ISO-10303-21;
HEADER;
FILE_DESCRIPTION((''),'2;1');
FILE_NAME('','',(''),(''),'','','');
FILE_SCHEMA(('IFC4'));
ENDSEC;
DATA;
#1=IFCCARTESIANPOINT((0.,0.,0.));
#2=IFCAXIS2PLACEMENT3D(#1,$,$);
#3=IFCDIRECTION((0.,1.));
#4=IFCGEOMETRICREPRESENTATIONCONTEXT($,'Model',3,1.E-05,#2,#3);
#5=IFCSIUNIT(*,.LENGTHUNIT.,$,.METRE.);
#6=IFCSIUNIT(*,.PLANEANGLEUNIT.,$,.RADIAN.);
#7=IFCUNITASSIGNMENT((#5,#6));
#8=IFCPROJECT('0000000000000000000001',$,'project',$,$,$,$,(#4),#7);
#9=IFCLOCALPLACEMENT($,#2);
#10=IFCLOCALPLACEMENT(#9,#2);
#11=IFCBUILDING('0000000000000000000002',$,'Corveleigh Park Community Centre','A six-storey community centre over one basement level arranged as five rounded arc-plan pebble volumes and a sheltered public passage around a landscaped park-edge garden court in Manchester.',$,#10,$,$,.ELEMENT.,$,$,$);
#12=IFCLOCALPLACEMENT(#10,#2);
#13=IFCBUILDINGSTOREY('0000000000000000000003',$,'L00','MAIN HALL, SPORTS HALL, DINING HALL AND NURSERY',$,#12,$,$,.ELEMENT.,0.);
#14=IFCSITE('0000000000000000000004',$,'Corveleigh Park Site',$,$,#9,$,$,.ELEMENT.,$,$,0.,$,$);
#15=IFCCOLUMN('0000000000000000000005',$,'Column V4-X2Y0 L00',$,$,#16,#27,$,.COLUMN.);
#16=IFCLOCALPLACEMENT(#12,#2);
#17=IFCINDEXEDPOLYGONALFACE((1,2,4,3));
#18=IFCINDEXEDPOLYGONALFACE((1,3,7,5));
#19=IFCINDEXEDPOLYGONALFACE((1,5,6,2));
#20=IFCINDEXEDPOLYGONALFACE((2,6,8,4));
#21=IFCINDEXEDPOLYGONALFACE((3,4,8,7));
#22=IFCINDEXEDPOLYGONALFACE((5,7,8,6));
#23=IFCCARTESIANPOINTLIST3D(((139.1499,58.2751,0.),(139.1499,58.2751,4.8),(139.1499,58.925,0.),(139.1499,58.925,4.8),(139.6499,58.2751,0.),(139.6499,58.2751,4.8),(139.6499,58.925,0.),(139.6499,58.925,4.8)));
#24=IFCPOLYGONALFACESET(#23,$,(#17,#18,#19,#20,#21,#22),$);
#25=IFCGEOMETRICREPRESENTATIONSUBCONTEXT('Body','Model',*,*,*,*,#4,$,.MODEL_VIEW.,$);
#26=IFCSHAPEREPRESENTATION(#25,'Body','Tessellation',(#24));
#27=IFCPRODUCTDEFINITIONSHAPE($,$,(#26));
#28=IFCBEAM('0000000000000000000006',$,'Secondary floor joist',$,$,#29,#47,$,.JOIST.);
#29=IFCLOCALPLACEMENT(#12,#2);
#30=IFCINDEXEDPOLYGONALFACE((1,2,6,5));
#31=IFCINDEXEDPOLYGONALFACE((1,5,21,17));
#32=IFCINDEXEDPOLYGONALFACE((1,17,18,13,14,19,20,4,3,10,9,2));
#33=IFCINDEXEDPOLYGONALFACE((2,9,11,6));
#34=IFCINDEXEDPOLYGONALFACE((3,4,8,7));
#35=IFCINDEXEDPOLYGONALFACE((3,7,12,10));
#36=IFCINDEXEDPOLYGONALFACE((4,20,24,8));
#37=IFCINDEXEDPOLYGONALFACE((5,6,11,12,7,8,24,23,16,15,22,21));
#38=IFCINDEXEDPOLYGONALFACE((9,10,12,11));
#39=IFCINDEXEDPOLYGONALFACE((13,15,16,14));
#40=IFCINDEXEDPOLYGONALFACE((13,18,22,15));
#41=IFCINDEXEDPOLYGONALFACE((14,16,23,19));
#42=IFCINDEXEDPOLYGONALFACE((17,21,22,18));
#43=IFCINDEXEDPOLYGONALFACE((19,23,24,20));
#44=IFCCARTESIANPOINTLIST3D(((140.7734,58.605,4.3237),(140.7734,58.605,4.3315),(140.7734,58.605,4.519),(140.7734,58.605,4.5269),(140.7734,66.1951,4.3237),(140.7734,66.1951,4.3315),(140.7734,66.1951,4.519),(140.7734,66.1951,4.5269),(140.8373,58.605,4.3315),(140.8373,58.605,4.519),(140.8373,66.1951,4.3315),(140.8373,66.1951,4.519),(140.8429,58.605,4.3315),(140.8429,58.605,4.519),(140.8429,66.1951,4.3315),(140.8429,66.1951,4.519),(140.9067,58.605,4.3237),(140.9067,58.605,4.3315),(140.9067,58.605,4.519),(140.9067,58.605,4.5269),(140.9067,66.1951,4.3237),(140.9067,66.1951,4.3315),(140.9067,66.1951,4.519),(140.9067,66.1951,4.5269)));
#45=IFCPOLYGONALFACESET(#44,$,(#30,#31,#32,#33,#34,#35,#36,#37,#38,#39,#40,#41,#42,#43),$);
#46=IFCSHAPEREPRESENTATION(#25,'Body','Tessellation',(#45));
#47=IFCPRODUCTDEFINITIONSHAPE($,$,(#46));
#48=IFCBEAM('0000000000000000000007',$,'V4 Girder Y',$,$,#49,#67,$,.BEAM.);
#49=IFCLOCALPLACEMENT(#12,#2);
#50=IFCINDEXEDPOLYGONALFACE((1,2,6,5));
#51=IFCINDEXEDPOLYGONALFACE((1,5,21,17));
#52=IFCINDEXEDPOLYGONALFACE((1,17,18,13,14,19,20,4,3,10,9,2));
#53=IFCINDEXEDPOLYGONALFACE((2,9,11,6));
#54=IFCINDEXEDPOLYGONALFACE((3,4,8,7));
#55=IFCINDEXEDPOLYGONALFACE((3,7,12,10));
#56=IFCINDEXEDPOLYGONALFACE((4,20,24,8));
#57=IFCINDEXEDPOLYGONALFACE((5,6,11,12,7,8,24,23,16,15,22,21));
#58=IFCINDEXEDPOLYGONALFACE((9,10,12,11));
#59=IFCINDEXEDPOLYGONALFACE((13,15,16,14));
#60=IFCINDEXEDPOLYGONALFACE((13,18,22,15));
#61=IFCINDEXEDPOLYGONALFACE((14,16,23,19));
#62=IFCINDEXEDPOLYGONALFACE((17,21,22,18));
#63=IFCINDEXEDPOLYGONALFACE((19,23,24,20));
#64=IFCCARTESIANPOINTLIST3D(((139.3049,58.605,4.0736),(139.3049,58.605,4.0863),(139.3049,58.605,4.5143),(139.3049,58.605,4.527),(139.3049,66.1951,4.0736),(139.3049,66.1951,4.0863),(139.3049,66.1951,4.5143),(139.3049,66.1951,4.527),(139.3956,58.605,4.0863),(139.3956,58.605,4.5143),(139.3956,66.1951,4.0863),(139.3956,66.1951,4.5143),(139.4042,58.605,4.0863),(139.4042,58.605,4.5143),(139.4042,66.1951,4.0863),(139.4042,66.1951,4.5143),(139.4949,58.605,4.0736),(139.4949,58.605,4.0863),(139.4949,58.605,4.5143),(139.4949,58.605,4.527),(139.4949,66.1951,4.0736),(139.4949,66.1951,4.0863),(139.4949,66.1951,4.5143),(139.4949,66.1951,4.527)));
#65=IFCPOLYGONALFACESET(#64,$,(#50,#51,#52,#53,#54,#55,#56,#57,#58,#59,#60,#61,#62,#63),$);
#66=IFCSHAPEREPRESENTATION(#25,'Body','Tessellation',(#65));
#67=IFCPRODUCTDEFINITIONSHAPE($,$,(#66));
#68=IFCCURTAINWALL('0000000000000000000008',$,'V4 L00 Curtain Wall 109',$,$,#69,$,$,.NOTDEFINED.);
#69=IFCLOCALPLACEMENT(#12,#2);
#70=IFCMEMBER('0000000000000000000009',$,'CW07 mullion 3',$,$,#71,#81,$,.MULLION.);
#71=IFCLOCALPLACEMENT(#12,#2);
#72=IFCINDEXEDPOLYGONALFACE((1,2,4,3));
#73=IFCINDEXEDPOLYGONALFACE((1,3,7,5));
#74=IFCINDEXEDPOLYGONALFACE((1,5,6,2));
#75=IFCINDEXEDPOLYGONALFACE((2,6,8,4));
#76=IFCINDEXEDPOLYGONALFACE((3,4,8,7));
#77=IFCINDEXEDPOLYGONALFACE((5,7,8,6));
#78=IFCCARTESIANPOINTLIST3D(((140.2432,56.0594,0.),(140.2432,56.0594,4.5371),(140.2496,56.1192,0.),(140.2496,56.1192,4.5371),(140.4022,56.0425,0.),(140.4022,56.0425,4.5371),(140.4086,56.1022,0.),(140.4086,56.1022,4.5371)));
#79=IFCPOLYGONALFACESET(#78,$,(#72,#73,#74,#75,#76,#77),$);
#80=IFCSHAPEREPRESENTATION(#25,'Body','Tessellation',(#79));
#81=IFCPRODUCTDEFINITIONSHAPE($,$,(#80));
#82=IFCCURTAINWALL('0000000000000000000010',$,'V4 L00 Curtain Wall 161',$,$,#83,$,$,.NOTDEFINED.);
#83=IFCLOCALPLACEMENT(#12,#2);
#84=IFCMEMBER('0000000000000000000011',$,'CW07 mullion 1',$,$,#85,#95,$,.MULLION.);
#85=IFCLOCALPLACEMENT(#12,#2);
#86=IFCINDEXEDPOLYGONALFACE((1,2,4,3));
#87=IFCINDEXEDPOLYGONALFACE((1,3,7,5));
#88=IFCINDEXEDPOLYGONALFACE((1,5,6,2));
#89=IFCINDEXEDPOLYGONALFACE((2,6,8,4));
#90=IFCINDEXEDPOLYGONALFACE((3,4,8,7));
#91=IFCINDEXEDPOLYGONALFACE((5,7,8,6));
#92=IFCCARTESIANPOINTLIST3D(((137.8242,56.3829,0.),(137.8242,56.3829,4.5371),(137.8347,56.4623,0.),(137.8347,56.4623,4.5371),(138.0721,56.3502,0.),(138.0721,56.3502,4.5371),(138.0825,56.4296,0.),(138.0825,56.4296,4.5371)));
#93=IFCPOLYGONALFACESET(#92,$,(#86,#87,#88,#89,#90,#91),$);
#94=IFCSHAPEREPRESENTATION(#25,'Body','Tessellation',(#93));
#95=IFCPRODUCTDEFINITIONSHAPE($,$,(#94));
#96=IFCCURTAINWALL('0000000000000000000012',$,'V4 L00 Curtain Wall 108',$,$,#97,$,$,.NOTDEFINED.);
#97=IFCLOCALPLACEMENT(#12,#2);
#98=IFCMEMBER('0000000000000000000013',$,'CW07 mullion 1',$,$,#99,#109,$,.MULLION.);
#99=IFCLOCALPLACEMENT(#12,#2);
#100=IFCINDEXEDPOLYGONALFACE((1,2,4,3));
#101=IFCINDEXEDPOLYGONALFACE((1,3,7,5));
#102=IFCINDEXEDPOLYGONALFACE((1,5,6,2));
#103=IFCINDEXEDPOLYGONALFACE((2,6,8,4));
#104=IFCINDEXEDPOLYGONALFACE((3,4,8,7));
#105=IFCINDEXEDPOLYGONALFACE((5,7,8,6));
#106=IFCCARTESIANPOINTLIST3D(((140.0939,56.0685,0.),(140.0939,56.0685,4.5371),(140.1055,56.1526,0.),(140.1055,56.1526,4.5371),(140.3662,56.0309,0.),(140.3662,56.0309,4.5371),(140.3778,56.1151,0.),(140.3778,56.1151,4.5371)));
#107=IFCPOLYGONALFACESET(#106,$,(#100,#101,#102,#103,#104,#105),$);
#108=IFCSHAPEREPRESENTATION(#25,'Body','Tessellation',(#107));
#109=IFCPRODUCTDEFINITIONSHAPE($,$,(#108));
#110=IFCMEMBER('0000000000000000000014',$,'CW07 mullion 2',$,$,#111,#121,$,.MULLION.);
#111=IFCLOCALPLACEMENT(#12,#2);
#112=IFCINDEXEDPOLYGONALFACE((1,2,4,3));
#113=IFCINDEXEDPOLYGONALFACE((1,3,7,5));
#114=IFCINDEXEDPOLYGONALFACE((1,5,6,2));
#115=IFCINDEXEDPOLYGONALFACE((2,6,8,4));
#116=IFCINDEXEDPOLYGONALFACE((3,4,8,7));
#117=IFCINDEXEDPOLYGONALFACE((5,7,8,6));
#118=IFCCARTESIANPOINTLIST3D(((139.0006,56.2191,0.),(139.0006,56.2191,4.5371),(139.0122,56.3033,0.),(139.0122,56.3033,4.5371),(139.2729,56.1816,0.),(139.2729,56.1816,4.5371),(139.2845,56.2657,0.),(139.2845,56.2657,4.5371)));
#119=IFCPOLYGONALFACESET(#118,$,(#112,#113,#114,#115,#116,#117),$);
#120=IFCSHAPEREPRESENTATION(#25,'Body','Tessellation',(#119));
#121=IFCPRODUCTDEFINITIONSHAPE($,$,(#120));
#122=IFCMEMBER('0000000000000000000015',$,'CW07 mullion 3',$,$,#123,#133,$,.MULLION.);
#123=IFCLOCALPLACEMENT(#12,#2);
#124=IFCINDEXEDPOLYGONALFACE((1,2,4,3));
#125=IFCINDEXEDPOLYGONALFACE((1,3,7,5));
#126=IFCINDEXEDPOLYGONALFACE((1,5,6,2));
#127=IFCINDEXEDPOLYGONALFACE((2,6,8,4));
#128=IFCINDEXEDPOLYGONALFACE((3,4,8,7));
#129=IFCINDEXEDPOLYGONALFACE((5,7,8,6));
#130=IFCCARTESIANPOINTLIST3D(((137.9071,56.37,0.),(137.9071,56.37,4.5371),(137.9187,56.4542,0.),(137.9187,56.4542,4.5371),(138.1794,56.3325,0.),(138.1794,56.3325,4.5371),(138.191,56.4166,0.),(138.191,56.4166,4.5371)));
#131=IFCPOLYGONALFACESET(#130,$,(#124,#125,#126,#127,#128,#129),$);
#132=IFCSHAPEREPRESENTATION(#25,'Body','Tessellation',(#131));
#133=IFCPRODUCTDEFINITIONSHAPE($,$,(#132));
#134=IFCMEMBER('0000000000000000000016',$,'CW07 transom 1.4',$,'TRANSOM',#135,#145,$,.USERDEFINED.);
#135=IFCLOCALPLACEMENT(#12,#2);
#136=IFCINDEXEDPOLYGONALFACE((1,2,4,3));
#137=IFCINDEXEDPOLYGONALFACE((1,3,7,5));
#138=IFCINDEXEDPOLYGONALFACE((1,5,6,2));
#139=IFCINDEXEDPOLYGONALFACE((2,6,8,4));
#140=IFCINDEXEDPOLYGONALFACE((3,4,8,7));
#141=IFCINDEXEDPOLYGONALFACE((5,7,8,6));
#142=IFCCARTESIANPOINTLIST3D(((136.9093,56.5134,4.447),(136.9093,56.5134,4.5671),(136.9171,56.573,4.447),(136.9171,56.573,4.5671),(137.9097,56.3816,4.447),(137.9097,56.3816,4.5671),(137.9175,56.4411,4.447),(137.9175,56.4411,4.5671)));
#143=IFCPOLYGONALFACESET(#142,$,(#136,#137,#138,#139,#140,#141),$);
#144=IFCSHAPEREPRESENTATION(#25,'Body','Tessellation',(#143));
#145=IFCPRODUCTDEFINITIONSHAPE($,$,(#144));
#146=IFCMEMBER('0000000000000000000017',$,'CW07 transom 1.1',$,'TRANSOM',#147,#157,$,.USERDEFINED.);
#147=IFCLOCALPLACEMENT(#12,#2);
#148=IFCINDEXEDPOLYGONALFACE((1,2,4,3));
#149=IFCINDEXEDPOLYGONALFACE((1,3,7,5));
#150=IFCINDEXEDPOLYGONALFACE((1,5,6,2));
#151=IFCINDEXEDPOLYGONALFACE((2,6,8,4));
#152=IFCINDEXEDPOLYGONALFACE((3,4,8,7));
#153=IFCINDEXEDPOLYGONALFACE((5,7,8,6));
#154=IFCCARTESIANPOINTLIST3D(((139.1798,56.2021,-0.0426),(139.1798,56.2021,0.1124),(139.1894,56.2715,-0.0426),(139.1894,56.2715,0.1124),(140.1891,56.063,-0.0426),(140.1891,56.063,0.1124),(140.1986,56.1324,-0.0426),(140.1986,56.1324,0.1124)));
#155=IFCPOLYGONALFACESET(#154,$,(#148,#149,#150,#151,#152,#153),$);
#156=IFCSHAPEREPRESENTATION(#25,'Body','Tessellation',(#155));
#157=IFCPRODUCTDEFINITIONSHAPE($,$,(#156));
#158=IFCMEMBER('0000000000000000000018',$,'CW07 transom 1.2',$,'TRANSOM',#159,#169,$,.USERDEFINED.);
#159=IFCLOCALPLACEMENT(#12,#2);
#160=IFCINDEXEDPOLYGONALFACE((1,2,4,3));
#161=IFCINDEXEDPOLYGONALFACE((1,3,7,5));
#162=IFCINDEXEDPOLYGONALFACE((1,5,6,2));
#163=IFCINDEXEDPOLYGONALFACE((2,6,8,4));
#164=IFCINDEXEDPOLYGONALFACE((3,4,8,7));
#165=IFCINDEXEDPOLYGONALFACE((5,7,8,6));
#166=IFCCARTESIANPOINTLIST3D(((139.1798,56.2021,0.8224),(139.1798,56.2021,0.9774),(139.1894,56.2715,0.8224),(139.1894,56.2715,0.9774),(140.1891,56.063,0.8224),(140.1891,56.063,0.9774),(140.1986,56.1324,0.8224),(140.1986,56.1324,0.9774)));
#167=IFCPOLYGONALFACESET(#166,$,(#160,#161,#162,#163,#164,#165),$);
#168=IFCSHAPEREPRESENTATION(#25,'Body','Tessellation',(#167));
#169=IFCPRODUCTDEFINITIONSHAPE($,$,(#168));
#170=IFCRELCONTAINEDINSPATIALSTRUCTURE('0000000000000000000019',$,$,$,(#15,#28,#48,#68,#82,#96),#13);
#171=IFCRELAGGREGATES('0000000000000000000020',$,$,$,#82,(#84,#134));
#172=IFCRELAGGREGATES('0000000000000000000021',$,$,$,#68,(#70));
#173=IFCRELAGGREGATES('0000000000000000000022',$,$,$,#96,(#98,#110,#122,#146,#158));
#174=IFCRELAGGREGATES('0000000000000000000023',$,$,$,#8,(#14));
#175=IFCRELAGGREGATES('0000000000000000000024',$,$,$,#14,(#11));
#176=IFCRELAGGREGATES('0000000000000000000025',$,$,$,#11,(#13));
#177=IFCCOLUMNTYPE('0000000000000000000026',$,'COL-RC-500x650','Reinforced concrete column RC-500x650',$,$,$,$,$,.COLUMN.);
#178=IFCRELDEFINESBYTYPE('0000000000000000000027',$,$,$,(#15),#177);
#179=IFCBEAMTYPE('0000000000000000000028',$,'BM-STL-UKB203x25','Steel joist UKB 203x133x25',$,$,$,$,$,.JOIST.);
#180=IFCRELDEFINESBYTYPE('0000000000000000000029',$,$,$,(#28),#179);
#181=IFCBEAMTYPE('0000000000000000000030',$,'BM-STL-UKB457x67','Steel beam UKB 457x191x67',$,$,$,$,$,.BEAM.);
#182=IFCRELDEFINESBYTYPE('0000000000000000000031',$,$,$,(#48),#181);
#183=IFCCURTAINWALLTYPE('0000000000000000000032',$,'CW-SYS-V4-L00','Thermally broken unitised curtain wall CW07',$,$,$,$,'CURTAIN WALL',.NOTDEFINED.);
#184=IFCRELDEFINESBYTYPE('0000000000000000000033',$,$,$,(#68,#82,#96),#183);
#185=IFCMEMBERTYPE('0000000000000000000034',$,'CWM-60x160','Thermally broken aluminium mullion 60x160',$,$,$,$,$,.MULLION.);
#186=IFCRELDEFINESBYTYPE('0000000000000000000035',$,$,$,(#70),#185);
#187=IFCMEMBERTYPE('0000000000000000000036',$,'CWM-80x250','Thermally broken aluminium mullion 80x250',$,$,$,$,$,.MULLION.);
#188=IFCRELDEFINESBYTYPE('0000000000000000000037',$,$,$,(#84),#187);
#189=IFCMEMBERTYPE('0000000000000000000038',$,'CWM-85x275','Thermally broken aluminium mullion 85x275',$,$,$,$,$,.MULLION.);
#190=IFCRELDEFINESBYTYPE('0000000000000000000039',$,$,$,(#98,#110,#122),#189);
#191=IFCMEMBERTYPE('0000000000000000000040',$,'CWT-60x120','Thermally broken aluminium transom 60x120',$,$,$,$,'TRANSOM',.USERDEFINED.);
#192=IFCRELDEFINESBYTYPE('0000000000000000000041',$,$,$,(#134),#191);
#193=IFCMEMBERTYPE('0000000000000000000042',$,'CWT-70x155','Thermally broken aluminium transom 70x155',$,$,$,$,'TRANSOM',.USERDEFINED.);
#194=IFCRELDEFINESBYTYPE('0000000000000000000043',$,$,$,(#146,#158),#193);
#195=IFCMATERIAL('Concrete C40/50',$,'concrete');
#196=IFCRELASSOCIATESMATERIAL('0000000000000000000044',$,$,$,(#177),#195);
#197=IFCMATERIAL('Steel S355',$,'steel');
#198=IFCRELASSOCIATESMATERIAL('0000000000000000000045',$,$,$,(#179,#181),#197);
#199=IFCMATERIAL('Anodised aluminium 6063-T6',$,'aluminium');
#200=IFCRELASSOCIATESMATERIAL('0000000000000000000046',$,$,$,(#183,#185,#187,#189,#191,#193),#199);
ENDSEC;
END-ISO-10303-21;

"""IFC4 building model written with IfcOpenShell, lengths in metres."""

from ifc_helpers import new_model, si_unit, direction, frame, origin, origin_2d, place, context, subcontext, project, spatial, rectangle, i_section, extrude, material, material_profile, profile_set, type_object, element, aggregate, save


model = new_model("IFC4")

# Units and contexts
model_context = context("Model", 3, precision=1e-05, world=origin(), true_north=direction((0.0, 1.0)))
body_context = subcontext(model_context, "Body", "Model", "MODEL_VIEW")
ifc_project = project(units=[si_unit("LENGTHUNIT", "METRE"), si_unit("PLANEANGLEUNIT", "RADIAN")], contexts=[model_context])

# Site, building, storey
site_placement = place(None, origin())
site = spatial("IfcSite", under=ifc_project, at=site_placement, Name="Corveleigh Park Site", CompositionType="ELEMENT", RefElevation=0.0)
building_placement = place(site_placement, origin())
building = spatial("IfcBuilding", under=site, at=building_placement, Name="Corveleigh Park Community Centre", Description="A six-storey community centre over one basement level arranged as five rounded arc-plan pebble volumes and a sheltered public passage around a landscaped park-edge garden court in Manchester.", CompositionType="ELEMENT")
storey_placement = place(building_placement, origin())
storey = spatial("IfcBuildingStorey", under=building, at=storey_placement, Name="L00", Description="MAIN HALL, SPORTS HALL, DINING HALL AND NURSERY", CompositionType="ELEMENT", Elevation=0.0)

# Column
ifc_material_1 = material(Name="Concrete C40/50", Category="concrete")
ifc_material_profile_1 = material_profile(ifc_material_1, rectangle(XDim=0.5, YDim=0.6499, at=origin_2d()), Name="RC-500x650", Category="concrete")
ifc_profile_set_1 = profile_set([ifc_material_profile_1], Name="Concrete C40/50")
column_type = type_object("IfcColumnType", Name="COL-RC-500x650", Description="Reinforced concrete column RC-500x650", PredefinedType="COLUMN", material=ifc_profile_set_1)
column_placement = place(storey_placement, frame((139.3999, 58.6001, 0.0), z_axis=(0.0, 0.0, 1.0), x_axis=(1.0, 0.0, 0.0)))
element("IfcColumn", 1, at=column_placement, inside=storey, type_object=column_type, Name="Column V4-X2Y0 L00", PredefinedType="COLUMN", context=body_context, shape_type="SweptSolid", body=[
    extrude(rectangle(XDim=0.5, YDim=0.6499, at=origin_2d()), origin(), (0.0, 0.0, 1.0), 4.8),
])

# Beams
ifc_material_2 = material(Name="Steel S355", Category="steel")
ifc_material_profile_2 = material_profile(ifc_material_2, i_section(OverallWidth=0.1333, OverallDepth=0.2031, WebThickness=0.0056, FlangeThickness=0.0078, at=origin_2d()), Name="UKB 203x133x25", Category="steel")
ifc_profile_set_2 = profile_set([ifc_material_profile_2], Name="Steel S355")
beam_type_1 = type_object("IfcBeamType", Name="BM-STL-UKB203x25", Description="Steel joist UKB 203x133x25", PredefinedType="JOIST", material=ifc_profile_set_2)
beam_1_placement = place(storey_placement, frame((140.8401, 58.605, 4.4253), z_axis=(0.0, 1.0, 0.0), x_axis=(-1.0, 0.0, 0.0)))
element("IfcBeam", 2, at=beam_1_placement, inside=storey, type_object=beam_type_1, Name="Secondary floor joist", PredefinedType="JOIST", context=body_context, shape_type="SweptSolid", body=[
    extrude(i_section(OverallWidth=0.1333, OverallDepth=0.2031, WebThickness=0.0056, FlangeThickness=0.0078, at=origin_2d()), origin(), (0.0, 0.0, 1.0), 7.5901),
])
ifc_material_profile_3 = material_profile(ifc_material_2, i_section(OverallWidth=0.1899, OverallDepth=0.4534, WebThickness=0.0085, FlangeThickness=0.0127, at=origin_2d()), Name="UKB 457x191x67", Category="steel")
ifc_profile_set_3 = profile_set([ifc_material_profile_3], Name="Steel S355")
beam_type_2 = type_object("IfcBeamType", Name="BM-STL-UKB457x67", Description="Steel beam UKB 457x191x67", PredefinedType="BEAM", material=ifc_profile_set_3)
beam_2_placement = place(storey_placement, frame((139.3999, 58.605, 4.3003), z_axis=(0.0, 1.0, 0.0), x_axis=(-1.0, 0.0, 0.0)))
element("IfcBeam", 3, at=beam_2_placement, inside=storey, type_object=beam_type_2, Name="V4 Girder Y", PredefinedType="BEAM", context=body_context, shape_type="SweptSolid", body=[
    extrude(i_section(OverallWidth=0.1899, OverallDepth=0.4534, WebThickness=0.0085, FlangeThickness=0.0127, at=origin_2d()), origin(), (0.0, 0.0, 1.0), 7.5901),
])

# Curtain walls, members
ifc_material_3 = material(Name="Anodised aluminium 6063-T6", Category="aluminium")
curtain_wall_type = type_object("IfcCurtainWallType", Name="CW-SYS-V4-L00", Description="Thermally broken unitised curtain wall CW07", ElementType="CURTAIN WALL", PredefinedType="NOTDEFINED", material=ifc_material_3)
curtain_wall_1_placement = place(storey_placement, origin())
curtain_wall_1 = element("IfcCurtainWall", 4, at=curtain_wall_1_placement, inside=storey, type_object=curtain_wall_type, Name="V4 L00 Curtain Wall 109", PredefinedType="NOTDEFINED")
ifc_material_profile_4 = material_profile(ifc_material_3, rectangle(XDim=0.0601, YDim=0.1599, at=origin_2d()), Name="ALU-M60x160", Category="aluminium")
ifc_profile_set_4 = profile_set([ifc_material_profile_4], Name="Anodised aluminium 6063-T6")
member_type_1 = type_object("IfcMemberType", Name="CWM-60x160", Description="Thermally broken aluminium mullion 60x160", PredefinedType="MULLION", material=ifc_profile_set_4)
member_1_placement = place(storey_placement, frame((140.3259, 56.0808, 0.0), z_axis=(0.0, 0.0, 1.0), x_axis=(-0.106071, -0.994359, 0.0)))
member_1 = element("IfcMember", 5, at=member_1_placement, type_object=member_type_1, Name="CW07 mullion 3", PredefinedType="MULLION", context=body_context, shape_type="SweptSolid", body=[
    extrude(rectangle(XDim=0.0601, YDim=0.1599, at=origin_2d()), origin(), (0.0, 0.0, 1.0), 4.5371),
])
curtain_wall_2_placement = place(storey_placement, origin())
curtain_wall_2 = element("IfcCurtainWall", 6, at=curtain_wall_2_placement, inside=storey, type_object=curtain_wall_type, Name="V4 L00 Curtain Wall 161", PredefinedType="NOTDEFINED")
ifc_material_profile_5 = material_profile(ifc_material_3, rectangle(XDim=0.0801, YDim=0.25, at=origin_2d()), Name="ALU-M80x250", Category="aluminium")
ifc_profile_set_5 = profile_set([ifc_material_profile_5], Name="Anodised aluminium 6063-T6")
member_type_2 = type_object("IfcMemberType", Name="CWM-80x250", Description="Thermally broken aluminium mullion 80x250", PredefinedType="MULLION", material=ifc_profile_set_5)
member_2_placement = place(storey_placement, frame((137.9534, 56.4062, 0.0), z_axis=(0.0, 0.0, 1.0), x_axis=(-0.130626, -0.991432, 0.0)))
member_2 = element("IfcMember", 7, at=member_2_placement, type_object=member_type_2, Name="CW07 mullion 1", PredefinedType="MULLION", context=body_context, shape_type="SweptSolid", body=[
    extrude(rectangle(XDim=0.0801, YDim=0.25, at=origin_2d()), origin(), (0.0, 0.0, 1.0), 4.5371),
])

# Curtain wall, members
curtain_wall_3_placement = place(storey_placement, origin())
curtain_wall_3 = element("IfcCurtainWall", 8, at=curtain_wall_3_placement, inside=storey, type_object=curtain_wall_type, Name="V4 L00 Curtain Wall 108", PredefinedType="NOTDEFINED")
ifc_material_profile_6 = material_profile(ifc_material_3, rectangle(XDim=0.085, YDim=0.2749, at=origin_2d()), Name="ALU-M85x275", Category="aluminium")
ifc_profile_set_6 = profile_set([ifc_material_profile_6], Name="Anodised aluminium 6063-T6")
member_type_3 = type_object("IfcMemberType", Name="CWM-85x275", Description="Thermally broken aluminium mullion 85x275", PredefinedType="MULLION", material=ifc_profile_set_6)
member_3_placement = place(storey_placement, frame((140.2358, 56.0918, 0.0), z_axis=(0.0, 0.0, 1.0), x_axis=(-0.136534, -0.990635, 0.0)))
member_3 = element("IfcMember", 9, at=member_3_placement, type_object=member_type_3, Name="CW07 mullion 1", PredefinedType="MULLION", context=body_context, shape_type="SweptSolid", body=[
    extrude(rectangle(XDim=0.085, YDim=0.2749, at=origin_2d()), origin(), (0.0, 0.0, 1.0), 4.5371),
])
member_4_placement = place(storey_placement, frame((139.1426, 56.2424, 0.0), z_axis=(0.0, 0.0, 1.0), x_axis=(-0.136534, -0.990635, 0.0)))
member_4 = element("IfcMember", 10, at=member_4_placement, type_object=member_type_3, Name="CW07 mullion 2", PredefinedType="MULLION", context=body_context, shape_type="SweptSolid", body=[
    extrude(rectangle(XDim=0.085, YDim=0.2749, at=origin_2d()), origin(), (0.0, 0.0, 1.0), 4.5371),
])
member_5_placement = place(storey_placement, frame((138.0491, 56.3933, 0.0), z_axis=(0.0, 0.0, 1.0), x_axis=(-0.136534, -0.990635, 0.0)))
member_5 = element("IfcMember", 11, at=member_5_placement, type_object=member_type_3, Name="CW07 mullion 3", PredefinedType="MULLION", context=body_context, shape_type="SweptSolid", body=[
    extrude(rectangle(XDim=0.085, YDim=0.2749, at=origin_2d()), origin(), (0.0, 0.0, 1.0), 4.5371),
])

# Members
ifc_material_profile_7 = material_profile(ifc_material_3, rectangle(XDim=0.0601, YDim=0.1201, at=origin_2d()), Name="ALU-T60x120", Category="aluminium")
ifc_profile_set_7 = profile_set([ifc_material_profile_7], Name="Anodised aluminium 6063-T6")
member_type_4 = type_object("IfcMemberType", Name="CWT-60x120", Description="Thermally broken aluminium transom 60x120", ElementType="TRANSOM", PredefinedType="USERDEFINED", material=ifc_profile_set_7)
member_6_placement = place(storey_placement, frame((137.9136, 56.4114, 4.5071), z_axis=(-0.99143, 0.130642, 0.0), x_axis=(-0.130642, -0.99143, 0.0)))
member_6 = element("IfcMember", 12, at=member_6_placement, type_object=member_type_4, Name="CW07 transom 1.4", ObjectType="TRANSOM", PredefinedType="USERDEFINED", context=body_context, shape_type="SweptSolid", body=[
    extrude(rectangle(XDim=0.0601, YDim=0.1201, at=origin_2d()), origin(), (0.0, 0.0, 1.0), 1.009),
])
aggregate(curtain_wall_2, [member_2, member_6])
ifc_material_profile_8 = material_profile(ifc_material_3, rectangle(XDim=0.0701, YDim=0.155, at=origin_2d()), Name="ALU-T70x155", Category="aluminium")
ifc_profile_set_8 = profile_set([ifc_material_profile_8], Name="Anodised aluminium 6063-T6")
member_type_5 = type_object("IfcMemberType", Name="CWT-70x155", Description="Thermally broken aluminium transom 70x155", ElementType="TRANSOM", PredefinedType="USERDEFINED", material=ifc_profile_set_8)
member_7_placement = place(storey_placement, frame((140.1938, 56.0977, 0.0349), z_axis=(-0.990628, 0.136589, 0.0), x_axis=(-0.136589, -0.990628, 0.0)))
member_7 = element("IfcMember", 13, at=member_7_placement, type_object=member_type_5, Name="CW07 transom 1.1", ObjectType="TRANSOM", PredefinedType="USERDEFINED", context=body_context, shape_type="SweptSolid", body=[
    extrude(rectangle(XDim=0.0701, YDim=0.155, at=origin_2d()), origin(), (0.0, 0.0, 1.0), 1.0188),
])
member_8_placement = place(storey_placement, frame((140.1938, 56.0977, 0.8999), z_axis=(-0.990628, 0.136589, 0.0), x_axis=(-0.136589, -0.990628, 0.0)))
member_8 = element("IfcMember", 14, at=member_8_placement, type_object=member_type_5, Name="CW07 transom 1.2", ObjectType="TRANSOM", PredefinedType="USERDEFINED", context=body_context, shape_type="SweptSolid", body=[
    extrude(rectangle(XDim=0.0701, YDim=0.155, at=origin_2d()), origin(), (0.0, 0.0, 1.0), 1.0188),
])

aggregate(curtain_wall_1, [member_1])
aggregate(curtain_wall_3, [member_3, member_4, member_5, member_7, member_8])

save(model, "model.ifc")
